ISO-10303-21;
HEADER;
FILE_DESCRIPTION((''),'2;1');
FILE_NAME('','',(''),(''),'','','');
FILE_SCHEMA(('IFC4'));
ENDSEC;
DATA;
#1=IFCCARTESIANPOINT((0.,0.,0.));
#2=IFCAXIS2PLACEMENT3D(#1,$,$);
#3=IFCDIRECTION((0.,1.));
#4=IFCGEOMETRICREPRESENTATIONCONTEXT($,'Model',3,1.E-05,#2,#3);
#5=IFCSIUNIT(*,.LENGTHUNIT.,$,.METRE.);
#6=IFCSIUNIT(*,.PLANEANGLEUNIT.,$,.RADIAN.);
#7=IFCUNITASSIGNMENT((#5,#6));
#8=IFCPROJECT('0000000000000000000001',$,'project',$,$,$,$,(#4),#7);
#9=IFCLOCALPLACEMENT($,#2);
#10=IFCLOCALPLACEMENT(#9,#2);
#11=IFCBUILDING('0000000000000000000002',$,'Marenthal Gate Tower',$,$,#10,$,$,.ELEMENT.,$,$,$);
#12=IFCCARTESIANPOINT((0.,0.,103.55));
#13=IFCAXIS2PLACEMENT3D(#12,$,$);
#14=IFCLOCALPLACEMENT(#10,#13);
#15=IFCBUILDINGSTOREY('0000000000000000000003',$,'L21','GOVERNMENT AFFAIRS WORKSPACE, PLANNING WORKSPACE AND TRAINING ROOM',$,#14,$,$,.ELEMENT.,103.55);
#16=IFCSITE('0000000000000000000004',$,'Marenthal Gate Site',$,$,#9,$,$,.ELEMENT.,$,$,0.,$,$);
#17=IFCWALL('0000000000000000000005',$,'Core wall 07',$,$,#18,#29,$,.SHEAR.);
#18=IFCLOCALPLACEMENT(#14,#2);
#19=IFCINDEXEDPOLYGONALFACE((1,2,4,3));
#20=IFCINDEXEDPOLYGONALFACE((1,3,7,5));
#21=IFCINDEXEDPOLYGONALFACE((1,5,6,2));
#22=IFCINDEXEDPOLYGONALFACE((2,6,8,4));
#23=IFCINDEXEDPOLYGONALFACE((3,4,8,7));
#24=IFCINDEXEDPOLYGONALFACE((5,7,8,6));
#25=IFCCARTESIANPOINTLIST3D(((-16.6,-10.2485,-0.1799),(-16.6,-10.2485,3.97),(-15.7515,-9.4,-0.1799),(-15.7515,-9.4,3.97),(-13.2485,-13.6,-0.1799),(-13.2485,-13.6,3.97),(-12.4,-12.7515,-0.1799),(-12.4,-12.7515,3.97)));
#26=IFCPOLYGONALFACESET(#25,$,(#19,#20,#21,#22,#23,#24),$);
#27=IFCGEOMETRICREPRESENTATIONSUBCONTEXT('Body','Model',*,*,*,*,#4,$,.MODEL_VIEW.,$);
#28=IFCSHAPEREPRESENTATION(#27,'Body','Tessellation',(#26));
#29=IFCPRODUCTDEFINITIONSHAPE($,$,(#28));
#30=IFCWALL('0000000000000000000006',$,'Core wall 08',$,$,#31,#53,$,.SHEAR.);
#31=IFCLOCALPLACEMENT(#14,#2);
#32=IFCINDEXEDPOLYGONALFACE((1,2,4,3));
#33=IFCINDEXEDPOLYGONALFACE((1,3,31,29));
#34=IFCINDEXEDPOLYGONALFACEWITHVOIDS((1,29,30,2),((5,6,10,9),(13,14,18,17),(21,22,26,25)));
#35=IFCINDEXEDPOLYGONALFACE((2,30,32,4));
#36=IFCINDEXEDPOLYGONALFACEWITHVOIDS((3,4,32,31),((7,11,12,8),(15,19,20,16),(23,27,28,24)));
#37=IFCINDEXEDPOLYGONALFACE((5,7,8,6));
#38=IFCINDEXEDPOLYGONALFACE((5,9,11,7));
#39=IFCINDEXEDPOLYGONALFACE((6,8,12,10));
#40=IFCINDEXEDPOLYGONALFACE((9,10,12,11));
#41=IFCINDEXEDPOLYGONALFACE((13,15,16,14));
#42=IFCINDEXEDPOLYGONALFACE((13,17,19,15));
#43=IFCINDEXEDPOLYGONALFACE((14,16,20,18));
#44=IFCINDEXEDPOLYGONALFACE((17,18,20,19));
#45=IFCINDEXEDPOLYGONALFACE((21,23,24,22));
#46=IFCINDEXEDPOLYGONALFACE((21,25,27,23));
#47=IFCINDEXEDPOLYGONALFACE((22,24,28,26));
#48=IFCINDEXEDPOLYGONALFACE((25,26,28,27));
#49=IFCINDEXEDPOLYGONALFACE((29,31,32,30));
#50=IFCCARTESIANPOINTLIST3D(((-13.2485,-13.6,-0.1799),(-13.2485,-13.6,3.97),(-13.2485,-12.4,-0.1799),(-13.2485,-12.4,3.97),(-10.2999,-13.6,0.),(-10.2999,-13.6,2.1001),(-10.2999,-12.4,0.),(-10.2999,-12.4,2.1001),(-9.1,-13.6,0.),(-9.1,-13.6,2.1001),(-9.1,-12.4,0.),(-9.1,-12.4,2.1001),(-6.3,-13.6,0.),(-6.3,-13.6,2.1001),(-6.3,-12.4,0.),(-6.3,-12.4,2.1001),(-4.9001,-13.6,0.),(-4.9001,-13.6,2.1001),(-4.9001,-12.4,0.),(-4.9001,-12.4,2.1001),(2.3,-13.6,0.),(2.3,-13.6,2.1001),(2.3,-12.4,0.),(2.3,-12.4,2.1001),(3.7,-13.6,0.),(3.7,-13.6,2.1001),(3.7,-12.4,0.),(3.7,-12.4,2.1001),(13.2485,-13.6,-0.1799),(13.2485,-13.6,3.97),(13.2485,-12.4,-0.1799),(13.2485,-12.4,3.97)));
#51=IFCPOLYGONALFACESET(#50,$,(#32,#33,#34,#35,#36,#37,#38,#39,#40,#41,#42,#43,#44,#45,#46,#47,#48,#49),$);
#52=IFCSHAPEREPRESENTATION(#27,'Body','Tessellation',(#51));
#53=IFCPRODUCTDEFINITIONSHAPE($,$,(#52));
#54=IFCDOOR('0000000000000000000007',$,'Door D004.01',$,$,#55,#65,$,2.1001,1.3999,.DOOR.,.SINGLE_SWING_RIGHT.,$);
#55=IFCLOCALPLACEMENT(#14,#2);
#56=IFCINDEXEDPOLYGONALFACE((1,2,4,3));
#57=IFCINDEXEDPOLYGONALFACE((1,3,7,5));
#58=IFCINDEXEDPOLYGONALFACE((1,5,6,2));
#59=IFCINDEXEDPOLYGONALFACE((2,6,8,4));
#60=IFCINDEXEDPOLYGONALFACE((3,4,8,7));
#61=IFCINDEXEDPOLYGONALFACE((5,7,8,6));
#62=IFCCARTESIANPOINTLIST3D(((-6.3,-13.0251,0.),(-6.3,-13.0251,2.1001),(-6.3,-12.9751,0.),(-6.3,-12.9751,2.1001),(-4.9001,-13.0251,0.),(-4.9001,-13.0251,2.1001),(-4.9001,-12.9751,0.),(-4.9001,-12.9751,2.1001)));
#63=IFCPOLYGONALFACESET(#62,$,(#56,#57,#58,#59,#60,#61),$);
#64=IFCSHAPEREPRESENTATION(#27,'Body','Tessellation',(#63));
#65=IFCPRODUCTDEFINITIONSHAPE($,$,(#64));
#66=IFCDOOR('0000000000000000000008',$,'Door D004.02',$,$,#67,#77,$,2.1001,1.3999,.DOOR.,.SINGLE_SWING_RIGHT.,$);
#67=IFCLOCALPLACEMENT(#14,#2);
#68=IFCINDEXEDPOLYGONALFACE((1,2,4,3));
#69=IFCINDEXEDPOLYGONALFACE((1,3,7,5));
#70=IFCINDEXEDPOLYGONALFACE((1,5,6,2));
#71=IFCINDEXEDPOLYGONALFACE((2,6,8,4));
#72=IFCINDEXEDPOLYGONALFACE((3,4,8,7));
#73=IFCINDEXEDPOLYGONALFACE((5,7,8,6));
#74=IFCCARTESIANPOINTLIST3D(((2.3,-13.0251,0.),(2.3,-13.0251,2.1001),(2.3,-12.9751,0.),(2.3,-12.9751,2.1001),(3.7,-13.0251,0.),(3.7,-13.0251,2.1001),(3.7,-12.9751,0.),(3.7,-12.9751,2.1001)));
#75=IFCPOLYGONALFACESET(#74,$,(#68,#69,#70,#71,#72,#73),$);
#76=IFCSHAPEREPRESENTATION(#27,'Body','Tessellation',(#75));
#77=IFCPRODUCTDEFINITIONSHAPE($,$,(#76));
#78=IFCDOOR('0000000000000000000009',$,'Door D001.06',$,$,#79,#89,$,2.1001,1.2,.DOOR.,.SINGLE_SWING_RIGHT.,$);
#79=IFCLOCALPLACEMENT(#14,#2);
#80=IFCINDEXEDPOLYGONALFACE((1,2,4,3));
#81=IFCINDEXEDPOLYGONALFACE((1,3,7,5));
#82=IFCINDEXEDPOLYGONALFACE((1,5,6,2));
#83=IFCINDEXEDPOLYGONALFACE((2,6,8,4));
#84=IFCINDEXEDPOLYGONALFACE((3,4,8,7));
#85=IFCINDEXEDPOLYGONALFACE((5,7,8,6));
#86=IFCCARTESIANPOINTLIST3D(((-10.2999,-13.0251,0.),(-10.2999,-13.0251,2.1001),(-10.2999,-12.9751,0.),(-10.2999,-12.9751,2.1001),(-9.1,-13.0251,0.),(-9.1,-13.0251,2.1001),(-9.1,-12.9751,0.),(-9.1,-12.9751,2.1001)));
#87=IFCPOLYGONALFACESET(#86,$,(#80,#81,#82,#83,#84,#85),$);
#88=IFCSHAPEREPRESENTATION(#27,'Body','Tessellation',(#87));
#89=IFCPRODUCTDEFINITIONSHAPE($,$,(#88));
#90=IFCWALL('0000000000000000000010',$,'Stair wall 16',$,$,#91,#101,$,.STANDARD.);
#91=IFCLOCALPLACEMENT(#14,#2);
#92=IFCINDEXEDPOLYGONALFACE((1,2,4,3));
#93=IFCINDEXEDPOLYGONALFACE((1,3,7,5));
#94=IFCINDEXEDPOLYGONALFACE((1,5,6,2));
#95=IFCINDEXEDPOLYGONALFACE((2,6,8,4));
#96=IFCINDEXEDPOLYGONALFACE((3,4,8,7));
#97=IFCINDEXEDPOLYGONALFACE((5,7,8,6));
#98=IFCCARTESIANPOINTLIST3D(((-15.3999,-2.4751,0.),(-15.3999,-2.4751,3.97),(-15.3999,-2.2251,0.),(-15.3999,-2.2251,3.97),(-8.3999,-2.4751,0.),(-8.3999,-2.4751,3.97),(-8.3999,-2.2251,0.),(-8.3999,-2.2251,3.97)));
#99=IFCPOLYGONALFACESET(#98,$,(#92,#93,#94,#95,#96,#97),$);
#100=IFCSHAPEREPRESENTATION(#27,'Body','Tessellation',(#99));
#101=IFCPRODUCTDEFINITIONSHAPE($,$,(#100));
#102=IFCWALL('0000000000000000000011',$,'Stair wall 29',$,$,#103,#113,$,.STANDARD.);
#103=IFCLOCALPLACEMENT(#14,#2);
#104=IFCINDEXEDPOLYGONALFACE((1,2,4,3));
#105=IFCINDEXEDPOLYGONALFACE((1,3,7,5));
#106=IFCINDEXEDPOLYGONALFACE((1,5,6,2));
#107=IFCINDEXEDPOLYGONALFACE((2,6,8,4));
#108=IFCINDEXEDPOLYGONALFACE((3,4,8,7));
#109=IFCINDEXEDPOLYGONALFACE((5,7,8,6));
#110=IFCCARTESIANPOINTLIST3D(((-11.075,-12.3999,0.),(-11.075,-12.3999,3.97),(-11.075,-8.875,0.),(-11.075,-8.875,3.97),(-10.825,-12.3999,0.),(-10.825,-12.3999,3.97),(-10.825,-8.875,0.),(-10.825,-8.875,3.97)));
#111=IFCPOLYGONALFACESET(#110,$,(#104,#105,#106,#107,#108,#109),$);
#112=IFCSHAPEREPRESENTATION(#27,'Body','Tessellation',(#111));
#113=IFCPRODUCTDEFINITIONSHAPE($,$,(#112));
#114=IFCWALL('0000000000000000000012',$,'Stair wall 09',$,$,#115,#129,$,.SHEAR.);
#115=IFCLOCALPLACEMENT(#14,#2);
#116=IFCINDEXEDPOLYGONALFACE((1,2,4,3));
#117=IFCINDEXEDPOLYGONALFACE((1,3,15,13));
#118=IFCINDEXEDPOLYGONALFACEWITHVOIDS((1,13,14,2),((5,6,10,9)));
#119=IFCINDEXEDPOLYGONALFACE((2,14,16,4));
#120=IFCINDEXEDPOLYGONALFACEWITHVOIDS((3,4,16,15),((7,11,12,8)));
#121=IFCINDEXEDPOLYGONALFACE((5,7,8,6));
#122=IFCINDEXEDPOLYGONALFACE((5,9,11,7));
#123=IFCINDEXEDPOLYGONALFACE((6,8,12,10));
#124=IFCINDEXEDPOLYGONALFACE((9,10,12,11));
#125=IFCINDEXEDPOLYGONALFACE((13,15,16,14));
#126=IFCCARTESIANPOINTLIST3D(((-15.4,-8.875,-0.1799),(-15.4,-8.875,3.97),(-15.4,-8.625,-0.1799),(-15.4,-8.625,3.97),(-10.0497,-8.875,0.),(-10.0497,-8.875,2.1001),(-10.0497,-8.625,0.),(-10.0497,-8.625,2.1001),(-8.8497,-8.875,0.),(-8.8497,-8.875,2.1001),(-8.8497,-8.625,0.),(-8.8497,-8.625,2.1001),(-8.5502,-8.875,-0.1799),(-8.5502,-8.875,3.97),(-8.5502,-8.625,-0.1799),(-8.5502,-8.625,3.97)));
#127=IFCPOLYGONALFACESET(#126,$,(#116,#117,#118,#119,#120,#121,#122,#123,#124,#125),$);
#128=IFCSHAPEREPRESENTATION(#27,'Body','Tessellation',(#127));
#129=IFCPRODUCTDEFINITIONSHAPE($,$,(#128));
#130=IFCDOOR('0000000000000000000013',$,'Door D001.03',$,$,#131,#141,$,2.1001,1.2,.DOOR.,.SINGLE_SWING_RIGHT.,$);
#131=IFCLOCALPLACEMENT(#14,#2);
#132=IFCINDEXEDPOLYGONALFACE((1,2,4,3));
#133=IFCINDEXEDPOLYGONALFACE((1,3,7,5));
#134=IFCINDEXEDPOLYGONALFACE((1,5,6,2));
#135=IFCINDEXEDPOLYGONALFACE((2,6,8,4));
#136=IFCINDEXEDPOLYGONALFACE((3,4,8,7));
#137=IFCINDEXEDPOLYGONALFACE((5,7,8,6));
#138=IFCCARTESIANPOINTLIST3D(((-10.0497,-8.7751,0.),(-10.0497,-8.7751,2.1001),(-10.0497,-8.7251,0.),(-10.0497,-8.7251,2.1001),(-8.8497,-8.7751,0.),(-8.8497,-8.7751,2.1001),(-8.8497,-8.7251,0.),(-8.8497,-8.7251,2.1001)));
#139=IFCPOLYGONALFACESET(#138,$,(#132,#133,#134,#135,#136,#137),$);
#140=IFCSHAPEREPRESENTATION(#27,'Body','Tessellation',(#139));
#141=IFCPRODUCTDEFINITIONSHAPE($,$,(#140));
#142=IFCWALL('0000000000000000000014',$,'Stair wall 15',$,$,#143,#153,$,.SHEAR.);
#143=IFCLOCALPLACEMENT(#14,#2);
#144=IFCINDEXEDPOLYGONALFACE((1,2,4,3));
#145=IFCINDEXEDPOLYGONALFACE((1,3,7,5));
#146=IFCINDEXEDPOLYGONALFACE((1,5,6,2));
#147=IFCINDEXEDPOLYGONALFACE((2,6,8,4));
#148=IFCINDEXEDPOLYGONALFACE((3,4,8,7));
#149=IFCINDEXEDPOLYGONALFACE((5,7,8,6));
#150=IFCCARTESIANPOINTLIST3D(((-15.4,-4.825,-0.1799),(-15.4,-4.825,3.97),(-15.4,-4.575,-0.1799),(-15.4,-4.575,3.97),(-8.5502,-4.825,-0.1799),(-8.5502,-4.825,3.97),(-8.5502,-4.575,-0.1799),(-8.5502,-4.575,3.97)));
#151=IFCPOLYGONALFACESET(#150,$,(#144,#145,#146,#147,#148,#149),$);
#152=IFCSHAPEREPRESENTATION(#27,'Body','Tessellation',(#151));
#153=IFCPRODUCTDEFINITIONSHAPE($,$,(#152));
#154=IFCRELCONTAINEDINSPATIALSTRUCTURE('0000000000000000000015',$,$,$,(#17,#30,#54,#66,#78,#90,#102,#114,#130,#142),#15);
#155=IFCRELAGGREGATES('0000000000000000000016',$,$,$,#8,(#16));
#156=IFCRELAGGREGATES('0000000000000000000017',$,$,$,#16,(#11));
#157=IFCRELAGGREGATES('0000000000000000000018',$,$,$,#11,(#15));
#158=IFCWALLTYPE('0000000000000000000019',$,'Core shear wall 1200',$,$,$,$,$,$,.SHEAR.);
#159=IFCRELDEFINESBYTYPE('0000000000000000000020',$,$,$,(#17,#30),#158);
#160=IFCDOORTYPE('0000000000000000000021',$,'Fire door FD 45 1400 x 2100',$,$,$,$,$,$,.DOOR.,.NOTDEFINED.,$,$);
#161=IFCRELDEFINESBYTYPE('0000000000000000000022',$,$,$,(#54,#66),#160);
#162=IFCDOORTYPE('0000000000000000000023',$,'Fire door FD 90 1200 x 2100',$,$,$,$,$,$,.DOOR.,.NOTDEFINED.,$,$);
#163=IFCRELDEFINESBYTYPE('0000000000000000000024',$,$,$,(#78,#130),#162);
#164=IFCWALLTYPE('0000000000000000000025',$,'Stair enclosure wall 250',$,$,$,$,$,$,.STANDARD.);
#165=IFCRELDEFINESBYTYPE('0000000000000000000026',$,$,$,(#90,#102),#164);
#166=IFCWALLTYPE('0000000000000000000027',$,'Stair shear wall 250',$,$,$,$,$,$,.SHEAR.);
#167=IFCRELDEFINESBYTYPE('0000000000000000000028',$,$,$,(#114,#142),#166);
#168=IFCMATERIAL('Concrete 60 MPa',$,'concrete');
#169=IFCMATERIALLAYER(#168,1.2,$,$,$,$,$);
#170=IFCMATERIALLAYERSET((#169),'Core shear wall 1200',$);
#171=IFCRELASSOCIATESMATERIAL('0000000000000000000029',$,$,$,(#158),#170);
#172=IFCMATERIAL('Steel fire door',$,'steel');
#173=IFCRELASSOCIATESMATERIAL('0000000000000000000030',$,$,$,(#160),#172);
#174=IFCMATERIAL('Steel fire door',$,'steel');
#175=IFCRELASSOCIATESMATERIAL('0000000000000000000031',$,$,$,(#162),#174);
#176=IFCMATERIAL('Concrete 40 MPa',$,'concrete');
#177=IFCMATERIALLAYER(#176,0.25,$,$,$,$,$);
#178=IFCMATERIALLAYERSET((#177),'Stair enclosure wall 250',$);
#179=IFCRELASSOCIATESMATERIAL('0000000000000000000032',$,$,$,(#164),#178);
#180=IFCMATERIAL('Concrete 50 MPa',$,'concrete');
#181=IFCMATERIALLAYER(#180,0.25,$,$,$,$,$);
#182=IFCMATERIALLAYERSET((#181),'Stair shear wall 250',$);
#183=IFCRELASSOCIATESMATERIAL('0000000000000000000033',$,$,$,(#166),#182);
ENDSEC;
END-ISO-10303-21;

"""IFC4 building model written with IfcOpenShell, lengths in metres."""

from ifc_helpers import new_model, si_unit, direction, frame, frame_2d, origin, place, context, subcontext, project, spatial, rectangle, extrude, material, layer, layer_set, type_object, element, fill, save


model = new_model("IFC4")

# Units and contexts
model_context = context("Model", 3, precision=1e-05, world=origin(), true_north=direction((0.0, 1.0)))
body_context = subcontext(model_context, "Body", "Model", "MODEL_VIEW")
ifc_project = project(units=[si_unit("LENGTHUNIT", "METRE"), si_unit("PLANEANGLEUNIT", "RADIAN")], contexts=[model_context])

# Site, building, storey
site_placement = place(None, origin())
site = spatial("IfcSite", under=ifc_project, at=site_placement, Name="Marenthal Gate Site", CompositionType="ELEMENT", RefElevation=0.0)
building_placement = place(site_placement, origin())
building = spatial("IfcBuilding", under=site, at=building_placement, Name="Marenthal Gate Tower", CompositionType="ELEMENT")
storey_placement = place(building_placement, frame((0.0, 0.0, 103.55)))
storey = spatial("IfcBuildingStorey", under=building, at=storey_placement, Name="L21", Description="GOVERNMENT AFFAIRS WORKSPACE, PLANNING WORKSPACE AND TRAINING ROOM", CompositionType="ELEMENT", Elevation=103.55)

# Wall
ifc_material_1 = material(Name="Concrete 60 MPa", Category="concrete")
ifc_layer_1 = layer(ifc_material_1, 1.2)
ifc_layer_set_1 = layer_set([ifc_layer_1], Name="Core shear wall 1200")
wall_type_1 = type_object("IfcWallType", Name="Core shear wall 1200", PredefinedType="SHEAR", material=ifc_layer_set_1)
wall_1_placement = place(storey_placement, frame((-16.1758, -9.8242, -0.1799), z_axis=(0.0, 0.0, 1.0), x_axis=(0.707107, -0.707107, 0.0)))
element("IfcWall", 1, at=wall_1_placement, inside=storey, type_object=wall_type_1, Name="Core wall 07", PredefinedType="SHEAR", context=body_context, shape_type="SweptSolid", body=[
    extrude(rectangle(XDim=4.7397, YDim=1.2, at=frame_2d((2.3699, 0.0))), origin(), (0.0, 0.0, 1.0), 4.1499),
])

# Wall, openings, doors
wall_2_placement = place(storey_placement, frame((-13.2485, -13.0, -0.1799), z_axis=(0.0, 0.0, 1.0), x_axis=(1.0, 0.0, 0.0)))
wall_2 = element("IfcWall", 2, at=wall_2_placement, inside=storey, type_object=wall_type_1, Name="Core wall 08", PredefinedType="SHEAR", context=body_context, shape_type="SweptSolid", body=[
    extrude(rectangle(XDim=26.4971, YDim=1.2, at=frame_2d((13.2485, 0.0))), origin(), (0.0, 0.0, 1.0), 4.1499),
])
opening_1_placement = place(wall_2_placement, frame((2.9485, 0.0, 0.1799)))
opening_1 = element("IfcOpeningElement", 3, at=opening_1_placement, cuts=wall_2, PredefinedType="OPENING", context=body_context, shape_type="SweptSolid", body=[
    extrude(rectangle(XDim=1.2, YDim=2.1001, at=frame_2d((0.6001, 1.05))), frame((0.0, 0.6099, 0.0), z_axis=(0.0, -1.0, 0.0), x_axis=(1.0, 0.0, 0.0)), (0.0, 0.0, 1.0), 1.22),
])
opening_2_placement = place(wall_2_placement, frame((6.9485, 0.0, 0.1799)))
opening_2 = element("IfcOpeningElement", 4, at=opening_2_placement, cuts=wall_2, PredefinedType="OPENING", context=body_context, shape_type="SweptSolid", body=[
    extrude(rectangle(XDim=1.3999, YDim=2.1001, at=frame_2d((0.7, 1.05))), frame((0.0, 0.6099, 0.0), z_axis=(0.0, -1.0, 0.0), x_axis=(1.0, 0.0, 0.0)), (0.0, 0.0, 1.0), 1.22),
])
opening_3_placement = place(wall_2_placement, frame((15.5486, 0.0, 0.1799)))
opening_3 = element("IfcOpeningElement", 5, at=opening_3_placement, cuts=wall_2, PredefinedType="OPENING", context=body_context, shape_type="SweptSolid", body=[
    extrude(rectangle(XDim=1.3999, YDim=2.1001, at=frame_2d((0.7, 1.05))), frame((0.0, 0.6099, 0.0), z_axis=(0.0, -1.0, 0.0), x_axis=(1.0, 0.0, 0.0)), (0.0, 0.0, 1.0), 1.22),
])
ifc_material_2 = material(Name="Steel fire door", Category="steel")
door_type_1 = type_object("IfcDoorType", Name="Fire door FD 45 1400 x 2100", OperationType="NOTDEFINED", PredefinedType="DOOR", material=ifc_material_2)
door_1_placement = place(opening_2_placement, origin())
door_1 = element("IfcDoor", 6, at=door_1_placement, inside=storey, type_object=door_type_1, Name="Door D004.01", OperationType="SINGLE_SWING_RIGHT", OverallHeight=2.1001, OverallWidth=1.3999, PredefinedType="DOOR", context=body_context, shape_type="SweptSolid", body=[
    extrude(rectangle(XDim=1.3999, YDim=2.1001, at=frame_2d((0.7, 1.05))), frame((0.0, 0.0249, 0.0), z_axis=(0.0, -1.0, 0.0), x_axis=(1.0, 0.0, 0.0)), (0.0, 0.0, 1.0), 0.05),
])
fill(opening_2, door_1)
door_2_placement = place(opening_3_placement, origin())
door_2 = element("IfcDoor", 7, at=door_2_placement, inside=storey, type_object=door_type_1, Name="Door D004.02", OperationType="SINGLE_SWING_RIGHT", OverallHeight=2.1001, OverallWidth=1.3999, PredefinedType="DOOR", context=body_context, shape_type="SweptSolid", body=[
    extrude(rectangle(XDim=1.3999, YDim=2.1001, at=frame_2d((0.7, 1.05))), frame((0.0, 0.0249, 0.0), z_axis=(0.0, -1.0, 0.0), x_axis=(1.0, 0.0, 0.0)), (0.0, 0.0, 1.0), 0.05),
])
fill(opening_3, door_2)
ifc_material_3 = material(Name="Steel fire door", Category="steel")
door_type_2 = type_object("IfcDoorType", Name="Fire door FD 90 1200 x 2100", OperationType="NOTDEFINED", PredefinedType="DOOR", material=ifc_material_3)
door_3_placement = place(opening_1_placement, origin())
door_3 = element("IfcDoor", 8, at=door_3_placement, inside=storey, type_object=door_type_2, Name="Door D001.06", OperationType="SINGLE_SWING_RIGHT", OverallHeight=2.1001, OverallWidth=1.2, PredefinedType="DOOR", context=body_context, shape_type="SweptSolid", body=[
    extrude(rectangle(XDim=1.2, YDim=2.1001, at=frame_2d((0.6001, 1.05))), frame((0.0, 0.0249, 0.0), z_axis=(0.0, -1.0, 0.0), x_axis=(1.0, 0.0, 0.0)), (0.0, 0.0, 1.0), 0.05),
])
fill(opening_1, door_3)

# Walls
ifc_material_4 = material(Name="Concrete 40 MPa", Category="concrete")
ifc_layer_2 = layer(ifc_material_4, 0.25)
ifc_layer_set_2 = layer_set([ifc_layer_2], Name="Stair enclosure wall 250")
wall_type_2 = type_object("IfcWallType", Name="Stair enclosure wall 250", PredefinedType="STANDARD", material=ifc_layer_set_2)
wall_3_placement = place(storey_placement, frame((-15.3999, -2.3501, 0.0), z_axis=(0.0, 0.0, 1.0), x_axis=(1.0, 0.0, 0.0)))
element("IfcWall", 9, at=wall_3_placement, inside=storey, type_object=wall_type_2, Name="Stair wall 16", PredefinedType="STANDARD", context=body_context, shape_type="SweptSolid", body=[
    extrude(rectangle(XDim=7.0, YDim=0.25, at=frame_2d((3.5, 0.0))), origin(), (0.0, 0.0, 1.0), 3.97),
])
wall_4_placement = place(storey_placement, frame((-10.95, -12.3999, 0.0), z_axis=(0.0, 0.0, 1.0), x_axis=(0.0, 1.0, 0.0)))
element("IfcWall", 10, at=wall_4_placement, inside=storey, type_object=wall_type_2, Name="Stair wall 29", PredefinedType="STANDARD", context=body_context, shape_type="SweptSolid", body=[
    extrude(rectangle(XDim=3.5249, YDim=0.25, at=frame_2d((1.7625, 0.0))), origin(), (0.0, 0.0, 1.0), 3.97),
])

# Wall, opening, door
ifc_material_5 = material(Name="Concrete 50 MPa", Category="concrete")
ifc_layer_3 = layer(ifc_material_5, 0.25)
ifc_layer_set_3 = layer_set([ifc_layer_3], Name="Stair shear wall 250")
wall_type_3 = type_object("IfcWallType", Name="Stair shear wall 250", PredefinedType="SHEAR", material=ifc_layer_set_3)
wall_5_placement = place(storey_placement, frame((-15.3999, -8.75, -0.1799), z_axis=(0.0, 0.0, 1.0), x_axis=(1.0, 0.0, 0.0)))
wall_5 = element("IfcWall", 11, at=wall_5_placement, inside=storey, type_object=wall_type_3, Name="Stair wall 09", PredefinedType="SHEAR", context=body_context, shape_type="SweptSolid", body=[
    extrude(rectangle(XDim=6.8499, YDim=0.25, at=frame_2d((3.4248, 0.0))), origin(), (0.0, 0.0, 1.0), 4.1499),
])
opening_4_placement = place(wall_5_placement, frame((5.3501, 0.0, 0.1799)))
opening_4 = element("IfcOpeningElement", 12, at=opening_4_placement, cuts=wall_5, PredefinedType="OPENING", context=body_context, shape_type="SweptSolid", body=[
    extrude(rectangle(XDim=1.2, YDim=2.1001, at=frame_2d((0.6001, 1.05))), frame((0.0, 0.135, 0.0), z_axis=(0.0, -1.0, 0.0), x_axis=(1.0, 0.0, 0.0)), (0.0, 0.0, 1.0), 0.27),
])
door_4_placement = place(opening_4_placement, origin())
door_4 = element("IfcDoor", 13, at=door_4_placement, inside=storey, type_object=door_type_2, Name="Door D001.03", OperationType="SINGLE_SWING_RIGHT", OverallHeight=2.1001, OverallWidth=1.2, PredefinedType="DOOR", context=body_context, shape_type="SweptSolid", body=[
    extrude(rectangle(XDim=1.2, YDim=2.1001, at=frame_2d((0.6001, 1.05))), frame((0.0, 0.0249, 0.0), z_axis=(0.0, -1.0, 0.0), x_axis=(1.0, 0.0, 0.0)), (0.0, 0.0, 1.0), 0.05),
])
fill(opening_4, door_4)

# Wall
wall_6_placement = place(storey_placement, frame((-15.3999, -4.7, -0.1799), z_axis=(0.0, 0.0, 1.0), x_axis=(1.0, 0.0, 0.0)))
element("IfcWall", 14, at=wall_6_placement, inside=storey, type_object=wall_type_3, Name="Stair wall 15", PredefinedType="SHEAR", context=body_context, shape_type="SweptSolid", body=[
    extrude(rectangle(XDim=6.8499, YDim=0.25, at=frame_2d((3.4248, 0.0))), origin(), (0.0, 0.0, 1.0), 4.1499),
])

save(model, "model.ifc")
